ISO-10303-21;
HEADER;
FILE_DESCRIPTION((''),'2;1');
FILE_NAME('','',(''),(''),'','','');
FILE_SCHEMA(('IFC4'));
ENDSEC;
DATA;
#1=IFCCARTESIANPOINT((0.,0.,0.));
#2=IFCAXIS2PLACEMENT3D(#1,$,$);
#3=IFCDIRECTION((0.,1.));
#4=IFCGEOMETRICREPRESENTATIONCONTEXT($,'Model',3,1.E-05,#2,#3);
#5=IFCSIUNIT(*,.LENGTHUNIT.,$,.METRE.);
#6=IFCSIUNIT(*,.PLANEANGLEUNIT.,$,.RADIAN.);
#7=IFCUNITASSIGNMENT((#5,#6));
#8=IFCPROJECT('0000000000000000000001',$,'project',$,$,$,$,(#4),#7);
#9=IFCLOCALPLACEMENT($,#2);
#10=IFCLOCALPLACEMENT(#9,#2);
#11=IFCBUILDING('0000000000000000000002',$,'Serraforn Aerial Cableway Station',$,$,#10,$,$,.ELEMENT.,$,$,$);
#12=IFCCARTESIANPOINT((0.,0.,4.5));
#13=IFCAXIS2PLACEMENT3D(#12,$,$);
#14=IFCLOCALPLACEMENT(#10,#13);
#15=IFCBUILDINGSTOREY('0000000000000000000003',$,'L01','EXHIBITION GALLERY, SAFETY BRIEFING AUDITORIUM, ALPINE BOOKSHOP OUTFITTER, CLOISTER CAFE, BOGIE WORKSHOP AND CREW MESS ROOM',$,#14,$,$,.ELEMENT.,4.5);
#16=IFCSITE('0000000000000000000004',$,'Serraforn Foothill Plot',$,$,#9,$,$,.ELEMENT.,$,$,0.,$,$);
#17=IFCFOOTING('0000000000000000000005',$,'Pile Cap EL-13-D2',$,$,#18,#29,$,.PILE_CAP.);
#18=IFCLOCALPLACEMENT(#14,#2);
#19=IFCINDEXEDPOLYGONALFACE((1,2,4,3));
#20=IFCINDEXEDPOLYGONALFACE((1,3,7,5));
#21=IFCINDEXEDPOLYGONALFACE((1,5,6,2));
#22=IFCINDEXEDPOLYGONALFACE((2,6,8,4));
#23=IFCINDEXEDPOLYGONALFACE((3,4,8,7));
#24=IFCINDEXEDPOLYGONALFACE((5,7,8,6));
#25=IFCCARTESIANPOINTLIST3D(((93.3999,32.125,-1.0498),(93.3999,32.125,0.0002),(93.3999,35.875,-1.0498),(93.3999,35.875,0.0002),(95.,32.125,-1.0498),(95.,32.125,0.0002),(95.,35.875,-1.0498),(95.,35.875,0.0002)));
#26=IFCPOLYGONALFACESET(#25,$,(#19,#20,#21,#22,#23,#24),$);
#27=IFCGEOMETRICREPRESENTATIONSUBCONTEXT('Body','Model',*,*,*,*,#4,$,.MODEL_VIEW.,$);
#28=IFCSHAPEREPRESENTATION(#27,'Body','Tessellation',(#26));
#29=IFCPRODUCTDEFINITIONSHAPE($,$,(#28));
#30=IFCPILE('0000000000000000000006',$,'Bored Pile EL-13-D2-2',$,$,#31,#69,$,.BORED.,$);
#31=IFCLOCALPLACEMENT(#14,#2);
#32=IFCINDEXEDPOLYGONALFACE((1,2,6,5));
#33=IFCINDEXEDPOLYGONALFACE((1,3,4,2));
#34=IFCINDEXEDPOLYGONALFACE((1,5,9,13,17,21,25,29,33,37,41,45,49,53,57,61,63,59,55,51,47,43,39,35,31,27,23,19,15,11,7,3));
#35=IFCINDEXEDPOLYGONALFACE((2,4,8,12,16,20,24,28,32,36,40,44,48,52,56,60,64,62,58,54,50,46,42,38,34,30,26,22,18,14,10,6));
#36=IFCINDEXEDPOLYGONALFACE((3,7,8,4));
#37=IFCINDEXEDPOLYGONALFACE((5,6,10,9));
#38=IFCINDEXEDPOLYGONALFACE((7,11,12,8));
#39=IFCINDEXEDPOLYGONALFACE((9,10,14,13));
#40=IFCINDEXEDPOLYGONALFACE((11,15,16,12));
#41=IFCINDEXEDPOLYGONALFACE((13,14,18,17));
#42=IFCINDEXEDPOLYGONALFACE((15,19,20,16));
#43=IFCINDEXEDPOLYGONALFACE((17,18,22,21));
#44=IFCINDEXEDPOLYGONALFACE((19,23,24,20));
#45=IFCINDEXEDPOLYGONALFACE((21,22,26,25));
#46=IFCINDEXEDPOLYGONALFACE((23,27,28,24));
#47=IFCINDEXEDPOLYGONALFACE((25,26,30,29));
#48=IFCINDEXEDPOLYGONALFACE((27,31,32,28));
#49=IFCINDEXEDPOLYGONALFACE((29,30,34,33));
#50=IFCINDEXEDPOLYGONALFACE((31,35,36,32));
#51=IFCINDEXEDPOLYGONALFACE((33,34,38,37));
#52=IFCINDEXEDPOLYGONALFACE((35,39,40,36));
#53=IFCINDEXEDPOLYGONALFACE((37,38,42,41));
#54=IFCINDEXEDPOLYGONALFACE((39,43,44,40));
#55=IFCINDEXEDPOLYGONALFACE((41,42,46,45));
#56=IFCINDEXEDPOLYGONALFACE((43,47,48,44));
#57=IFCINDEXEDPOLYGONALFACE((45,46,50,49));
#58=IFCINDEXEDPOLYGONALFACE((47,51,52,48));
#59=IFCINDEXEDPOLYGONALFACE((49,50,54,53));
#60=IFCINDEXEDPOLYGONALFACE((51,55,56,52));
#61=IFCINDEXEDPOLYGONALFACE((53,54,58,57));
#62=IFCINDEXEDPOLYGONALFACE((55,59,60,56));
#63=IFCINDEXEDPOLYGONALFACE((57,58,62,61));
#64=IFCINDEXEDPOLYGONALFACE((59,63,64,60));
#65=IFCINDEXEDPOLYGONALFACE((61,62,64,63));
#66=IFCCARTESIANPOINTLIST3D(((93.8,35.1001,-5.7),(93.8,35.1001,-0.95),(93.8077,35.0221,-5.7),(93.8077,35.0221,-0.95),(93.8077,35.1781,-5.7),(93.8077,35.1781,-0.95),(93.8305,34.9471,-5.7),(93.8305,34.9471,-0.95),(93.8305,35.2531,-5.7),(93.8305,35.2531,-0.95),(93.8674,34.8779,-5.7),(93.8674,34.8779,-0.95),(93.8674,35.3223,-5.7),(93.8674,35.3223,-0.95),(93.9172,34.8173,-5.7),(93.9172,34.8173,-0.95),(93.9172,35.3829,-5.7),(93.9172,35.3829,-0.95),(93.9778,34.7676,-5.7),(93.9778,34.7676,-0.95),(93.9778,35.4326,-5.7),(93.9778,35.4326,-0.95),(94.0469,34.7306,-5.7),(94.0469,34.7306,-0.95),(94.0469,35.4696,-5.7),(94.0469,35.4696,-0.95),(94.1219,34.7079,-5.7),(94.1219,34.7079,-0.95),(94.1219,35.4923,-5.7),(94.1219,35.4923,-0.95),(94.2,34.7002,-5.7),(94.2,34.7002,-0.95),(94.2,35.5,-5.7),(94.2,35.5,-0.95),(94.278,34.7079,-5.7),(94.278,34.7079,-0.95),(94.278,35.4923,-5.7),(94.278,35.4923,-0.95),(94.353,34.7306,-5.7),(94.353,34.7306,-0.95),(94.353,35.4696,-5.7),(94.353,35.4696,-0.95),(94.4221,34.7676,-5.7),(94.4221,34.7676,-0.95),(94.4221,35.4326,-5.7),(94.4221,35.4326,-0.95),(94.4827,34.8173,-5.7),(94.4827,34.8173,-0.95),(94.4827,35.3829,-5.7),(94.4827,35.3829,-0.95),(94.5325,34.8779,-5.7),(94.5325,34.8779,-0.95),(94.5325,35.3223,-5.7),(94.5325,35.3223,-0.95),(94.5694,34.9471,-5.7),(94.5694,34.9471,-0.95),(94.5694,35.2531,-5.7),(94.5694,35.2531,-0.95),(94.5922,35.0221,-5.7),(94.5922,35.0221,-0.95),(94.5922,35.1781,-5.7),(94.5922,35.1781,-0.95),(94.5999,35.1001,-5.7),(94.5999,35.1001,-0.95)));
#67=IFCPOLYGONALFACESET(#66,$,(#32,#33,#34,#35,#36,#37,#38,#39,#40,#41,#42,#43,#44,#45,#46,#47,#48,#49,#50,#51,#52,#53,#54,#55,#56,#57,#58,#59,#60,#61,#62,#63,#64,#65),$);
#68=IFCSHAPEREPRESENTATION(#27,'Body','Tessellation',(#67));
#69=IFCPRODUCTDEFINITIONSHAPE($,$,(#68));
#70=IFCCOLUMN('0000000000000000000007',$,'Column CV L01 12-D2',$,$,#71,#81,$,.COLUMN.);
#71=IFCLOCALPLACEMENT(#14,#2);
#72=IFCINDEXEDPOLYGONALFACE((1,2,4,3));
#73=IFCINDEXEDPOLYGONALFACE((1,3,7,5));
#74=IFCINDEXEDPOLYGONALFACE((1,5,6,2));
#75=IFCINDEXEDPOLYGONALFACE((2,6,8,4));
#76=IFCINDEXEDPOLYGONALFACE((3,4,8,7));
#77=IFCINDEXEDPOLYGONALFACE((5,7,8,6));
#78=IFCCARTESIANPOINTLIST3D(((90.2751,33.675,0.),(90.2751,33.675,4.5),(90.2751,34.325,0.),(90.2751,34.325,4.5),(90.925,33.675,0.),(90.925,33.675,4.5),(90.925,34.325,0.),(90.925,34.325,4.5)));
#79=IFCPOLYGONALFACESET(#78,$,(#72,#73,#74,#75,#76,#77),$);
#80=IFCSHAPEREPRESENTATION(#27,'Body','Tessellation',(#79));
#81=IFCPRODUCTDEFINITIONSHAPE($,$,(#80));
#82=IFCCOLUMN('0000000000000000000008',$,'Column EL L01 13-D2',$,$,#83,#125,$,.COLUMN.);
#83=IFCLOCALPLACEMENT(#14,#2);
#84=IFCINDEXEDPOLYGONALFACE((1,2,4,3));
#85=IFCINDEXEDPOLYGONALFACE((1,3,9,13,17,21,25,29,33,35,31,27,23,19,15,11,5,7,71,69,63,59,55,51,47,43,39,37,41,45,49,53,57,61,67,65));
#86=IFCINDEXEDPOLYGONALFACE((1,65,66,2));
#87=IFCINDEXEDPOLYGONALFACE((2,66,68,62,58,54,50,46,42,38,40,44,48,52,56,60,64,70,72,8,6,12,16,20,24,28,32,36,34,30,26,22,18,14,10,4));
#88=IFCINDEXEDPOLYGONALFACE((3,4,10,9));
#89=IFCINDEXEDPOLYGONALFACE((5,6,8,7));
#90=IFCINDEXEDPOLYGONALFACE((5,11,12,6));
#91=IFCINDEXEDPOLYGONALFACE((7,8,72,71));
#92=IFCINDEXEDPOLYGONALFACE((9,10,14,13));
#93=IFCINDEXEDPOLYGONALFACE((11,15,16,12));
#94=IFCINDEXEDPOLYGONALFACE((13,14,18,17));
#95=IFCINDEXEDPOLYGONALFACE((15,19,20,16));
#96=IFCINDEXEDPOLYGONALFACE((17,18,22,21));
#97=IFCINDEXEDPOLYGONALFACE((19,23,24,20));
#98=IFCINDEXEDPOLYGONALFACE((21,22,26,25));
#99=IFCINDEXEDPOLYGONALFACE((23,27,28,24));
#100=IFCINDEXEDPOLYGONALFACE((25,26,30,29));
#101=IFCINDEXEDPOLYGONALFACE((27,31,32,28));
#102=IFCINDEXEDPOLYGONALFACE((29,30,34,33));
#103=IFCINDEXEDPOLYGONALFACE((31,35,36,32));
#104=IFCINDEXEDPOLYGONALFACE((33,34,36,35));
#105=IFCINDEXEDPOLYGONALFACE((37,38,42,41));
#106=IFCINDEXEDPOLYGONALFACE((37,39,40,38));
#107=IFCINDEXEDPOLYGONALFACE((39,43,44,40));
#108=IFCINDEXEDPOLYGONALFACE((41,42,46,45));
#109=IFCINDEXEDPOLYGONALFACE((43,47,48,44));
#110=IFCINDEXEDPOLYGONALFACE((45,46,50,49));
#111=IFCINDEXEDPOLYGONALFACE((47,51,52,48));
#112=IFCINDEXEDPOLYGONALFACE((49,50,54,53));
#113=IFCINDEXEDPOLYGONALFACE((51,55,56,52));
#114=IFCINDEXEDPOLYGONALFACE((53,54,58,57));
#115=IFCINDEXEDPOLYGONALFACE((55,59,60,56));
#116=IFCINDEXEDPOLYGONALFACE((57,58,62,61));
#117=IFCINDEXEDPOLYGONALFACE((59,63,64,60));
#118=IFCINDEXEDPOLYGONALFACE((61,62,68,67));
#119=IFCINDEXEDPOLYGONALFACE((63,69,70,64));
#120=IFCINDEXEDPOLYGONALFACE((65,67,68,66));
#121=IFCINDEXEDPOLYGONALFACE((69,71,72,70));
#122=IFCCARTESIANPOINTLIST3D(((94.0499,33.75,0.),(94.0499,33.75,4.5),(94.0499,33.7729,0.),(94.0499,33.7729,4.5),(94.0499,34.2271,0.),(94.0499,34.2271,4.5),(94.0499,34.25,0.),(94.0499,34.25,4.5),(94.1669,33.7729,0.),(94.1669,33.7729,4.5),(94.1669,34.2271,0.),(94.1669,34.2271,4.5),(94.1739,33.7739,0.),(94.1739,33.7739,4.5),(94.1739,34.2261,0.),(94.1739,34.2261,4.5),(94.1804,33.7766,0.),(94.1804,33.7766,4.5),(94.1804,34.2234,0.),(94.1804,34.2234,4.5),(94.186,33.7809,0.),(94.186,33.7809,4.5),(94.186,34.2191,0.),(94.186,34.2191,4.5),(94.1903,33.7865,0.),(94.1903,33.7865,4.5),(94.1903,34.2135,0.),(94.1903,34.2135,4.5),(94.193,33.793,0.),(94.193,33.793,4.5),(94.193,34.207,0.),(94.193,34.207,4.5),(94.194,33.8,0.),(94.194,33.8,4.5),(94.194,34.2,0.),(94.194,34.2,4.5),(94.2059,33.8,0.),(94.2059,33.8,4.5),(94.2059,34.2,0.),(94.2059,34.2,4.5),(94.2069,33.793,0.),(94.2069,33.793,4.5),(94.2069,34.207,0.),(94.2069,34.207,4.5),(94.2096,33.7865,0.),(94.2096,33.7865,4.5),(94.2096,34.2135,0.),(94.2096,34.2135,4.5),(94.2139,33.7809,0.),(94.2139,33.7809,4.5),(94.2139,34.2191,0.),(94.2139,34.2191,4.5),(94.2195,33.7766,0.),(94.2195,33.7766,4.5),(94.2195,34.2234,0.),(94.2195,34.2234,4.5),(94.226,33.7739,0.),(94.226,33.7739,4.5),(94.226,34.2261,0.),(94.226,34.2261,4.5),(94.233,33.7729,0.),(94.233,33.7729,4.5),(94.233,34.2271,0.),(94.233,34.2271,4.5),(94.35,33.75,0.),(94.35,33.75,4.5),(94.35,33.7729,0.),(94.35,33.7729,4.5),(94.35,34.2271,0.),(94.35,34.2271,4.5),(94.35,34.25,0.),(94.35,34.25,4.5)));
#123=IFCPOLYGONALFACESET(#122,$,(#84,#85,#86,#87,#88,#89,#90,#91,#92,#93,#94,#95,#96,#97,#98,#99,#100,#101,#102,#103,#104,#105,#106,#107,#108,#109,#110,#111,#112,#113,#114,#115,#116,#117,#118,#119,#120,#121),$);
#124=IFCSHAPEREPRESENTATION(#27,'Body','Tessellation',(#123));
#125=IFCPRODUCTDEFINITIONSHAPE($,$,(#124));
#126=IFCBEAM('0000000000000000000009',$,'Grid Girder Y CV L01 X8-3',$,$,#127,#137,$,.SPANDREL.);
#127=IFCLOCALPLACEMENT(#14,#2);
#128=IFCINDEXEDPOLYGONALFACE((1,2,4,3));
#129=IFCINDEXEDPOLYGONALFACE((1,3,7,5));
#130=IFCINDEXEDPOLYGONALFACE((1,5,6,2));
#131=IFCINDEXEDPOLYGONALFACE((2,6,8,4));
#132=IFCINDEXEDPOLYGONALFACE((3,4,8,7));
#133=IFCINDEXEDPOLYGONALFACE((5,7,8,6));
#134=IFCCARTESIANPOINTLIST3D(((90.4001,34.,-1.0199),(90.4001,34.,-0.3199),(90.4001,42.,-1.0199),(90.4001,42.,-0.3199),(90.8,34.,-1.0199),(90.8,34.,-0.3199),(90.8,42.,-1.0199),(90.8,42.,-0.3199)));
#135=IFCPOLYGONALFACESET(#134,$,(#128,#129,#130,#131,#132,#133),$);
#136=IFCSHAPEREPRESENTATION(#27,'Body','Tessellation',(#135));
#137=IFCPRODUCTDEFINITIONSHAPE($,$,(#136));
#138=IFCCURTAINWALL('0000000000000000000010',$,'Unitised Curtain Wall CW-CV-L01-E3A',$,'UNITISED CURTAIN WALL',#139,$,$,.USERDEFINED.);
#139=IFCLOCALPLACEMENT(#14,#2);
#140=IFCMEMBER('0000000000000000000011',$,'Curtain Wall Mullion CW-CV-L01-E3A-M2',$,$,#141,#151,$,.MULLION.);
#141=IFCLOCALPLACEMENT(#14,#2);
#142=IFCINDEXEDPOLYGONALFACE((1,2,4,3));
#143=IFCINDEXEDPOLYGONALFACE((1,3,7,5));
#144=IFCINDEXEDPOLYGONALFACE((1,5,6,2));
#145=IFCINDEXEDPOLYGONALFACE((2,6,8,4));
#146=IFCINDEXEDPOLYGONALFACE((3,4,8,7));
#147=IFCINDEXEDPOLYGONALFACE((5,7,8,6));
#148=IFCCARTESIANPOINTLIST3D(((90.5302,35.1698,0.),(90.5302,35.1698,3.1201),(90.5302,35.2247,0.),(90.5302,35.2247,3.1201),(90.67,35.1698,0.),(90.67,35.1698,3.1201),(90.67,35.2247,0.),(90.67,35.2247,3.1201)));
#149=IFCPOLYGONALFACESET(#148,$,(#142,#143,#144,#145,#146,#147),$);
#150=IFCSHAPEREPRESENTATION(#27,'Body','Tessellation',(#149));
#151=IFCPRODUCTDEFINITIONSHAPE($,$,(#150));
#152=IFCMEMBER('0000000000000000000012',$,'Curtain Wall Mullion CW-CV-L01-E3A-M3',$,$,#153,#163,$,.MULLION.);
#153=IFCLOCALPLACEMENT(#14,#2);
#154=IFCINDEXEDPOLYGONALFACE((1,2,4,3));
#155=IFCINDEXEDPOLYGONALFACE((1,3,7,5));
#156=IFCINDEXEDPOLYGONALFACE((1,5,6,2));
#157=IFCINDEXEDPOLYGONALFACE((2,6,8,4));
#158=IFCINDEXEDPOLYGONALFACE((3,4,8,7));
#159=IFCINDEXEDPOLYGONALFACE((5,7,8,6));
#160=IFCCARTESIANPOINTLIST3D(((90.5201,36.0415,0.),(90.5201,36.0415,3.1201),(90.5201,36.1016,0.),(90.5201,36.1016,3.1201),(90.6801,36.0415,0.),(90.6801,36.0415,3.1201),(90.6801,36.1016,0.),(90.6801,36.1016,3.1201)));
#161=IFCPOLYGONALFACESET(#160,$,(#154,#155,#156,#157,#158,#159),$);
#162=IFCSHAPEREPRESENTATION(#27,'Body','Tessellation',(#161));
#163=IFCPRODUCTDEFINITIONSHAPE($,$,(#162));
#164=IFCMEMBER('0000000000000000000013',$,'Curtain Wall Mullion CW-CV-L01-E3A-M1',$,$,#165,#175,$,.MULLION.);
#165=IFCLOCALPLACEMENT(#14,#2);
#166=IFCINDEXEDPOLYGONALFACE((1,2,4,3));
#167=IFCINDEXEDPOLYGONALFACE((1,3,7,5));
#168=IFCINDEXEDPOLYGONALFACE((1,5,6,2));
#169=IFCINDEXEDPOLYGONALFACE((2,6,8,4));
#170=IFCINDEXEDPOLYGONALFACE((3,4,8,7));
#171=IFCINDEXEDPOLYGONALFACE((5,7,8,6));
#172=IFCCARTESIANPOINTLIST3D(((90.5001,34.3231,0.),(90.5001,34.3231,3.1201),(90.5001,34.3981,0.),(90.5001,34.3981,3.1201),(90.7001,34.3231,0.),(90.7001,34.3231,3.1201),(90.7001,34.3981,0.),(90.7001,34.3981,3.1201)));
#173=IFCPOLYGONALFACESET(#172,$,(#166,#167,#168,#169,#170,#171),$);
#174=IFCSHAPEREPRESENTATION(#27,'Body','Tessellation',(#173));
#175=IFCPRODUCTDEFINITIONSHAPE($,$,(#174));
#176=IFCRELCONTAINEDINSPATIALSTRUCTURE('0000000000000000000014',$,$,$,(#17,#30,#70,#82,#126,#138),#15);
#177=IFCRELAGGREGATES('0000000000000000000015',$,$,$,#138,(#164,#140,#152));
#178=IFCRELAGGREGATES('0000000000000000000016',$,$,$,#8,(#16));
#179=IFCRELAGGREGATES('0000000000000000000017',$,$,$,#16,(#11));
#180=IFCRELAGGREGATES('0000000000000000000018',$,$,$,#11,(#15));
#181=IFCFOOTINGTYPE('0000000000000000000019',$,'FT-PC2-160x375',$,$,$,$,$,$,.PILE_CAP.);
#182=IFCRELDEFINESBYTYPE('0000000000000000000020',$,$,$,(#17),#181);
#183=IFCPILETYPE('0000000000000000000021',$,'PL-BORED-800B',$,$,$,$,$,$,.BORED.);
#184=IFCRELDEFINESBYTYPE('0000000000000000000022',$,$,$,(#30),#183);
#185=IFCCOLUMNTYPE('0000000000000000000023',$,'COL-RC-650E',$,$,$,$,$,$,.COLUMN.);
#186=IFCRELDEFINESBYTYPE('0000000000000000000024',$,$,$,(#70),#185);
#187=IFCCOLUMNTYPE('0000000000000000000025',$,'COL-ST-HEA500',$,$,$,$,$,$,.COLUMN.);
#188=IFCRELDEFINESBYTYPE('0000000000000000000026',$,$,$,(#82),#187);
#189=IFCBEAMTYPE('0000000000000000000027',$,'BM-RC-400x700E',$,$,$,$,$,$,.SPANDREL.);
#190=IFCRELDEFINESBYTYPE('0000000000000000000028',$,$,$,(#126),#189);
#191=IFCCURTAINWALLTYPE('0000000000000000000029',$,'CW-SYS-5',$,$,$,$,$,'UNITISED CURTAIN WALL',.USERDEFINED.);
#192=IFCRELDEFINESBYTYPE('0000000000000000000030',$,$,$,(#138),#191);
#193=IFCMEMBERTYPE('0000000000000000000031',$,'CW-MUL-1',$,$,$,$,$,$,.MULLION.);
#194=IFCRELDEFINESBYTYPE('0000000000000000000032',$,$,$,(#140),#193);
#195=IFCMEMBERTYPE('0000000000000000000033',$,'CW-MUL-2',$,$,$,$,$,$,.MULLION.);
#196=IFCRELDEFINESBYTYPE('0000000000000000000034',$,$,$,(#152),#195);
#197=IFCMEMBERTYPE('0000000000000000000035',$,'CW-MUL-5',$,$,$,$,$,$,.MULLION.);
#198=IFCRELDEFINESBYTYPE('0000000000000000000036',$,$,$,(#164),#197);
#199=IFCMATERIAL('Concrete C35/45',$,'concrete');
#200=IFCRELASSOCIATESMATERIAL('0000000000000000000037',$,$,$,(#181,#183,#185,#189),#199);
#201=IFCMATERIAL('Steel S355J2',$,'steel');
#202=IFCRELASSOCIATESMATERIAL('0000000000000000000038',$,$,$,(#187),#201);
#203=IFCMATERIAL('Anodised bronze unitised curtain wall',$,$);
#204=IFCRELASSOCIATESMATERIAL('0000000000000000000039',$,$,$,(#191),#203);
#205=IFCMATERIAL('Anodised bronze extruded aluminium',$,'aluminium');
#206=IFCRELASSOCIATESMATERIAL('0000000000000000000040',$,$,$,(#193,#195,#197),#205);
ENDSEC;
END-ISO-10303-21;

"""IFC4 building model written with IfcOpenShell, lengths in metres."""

from ifc_helpers import new_model, si_unit, direction, frame, origin, origin_2d, place, context, subcontext, project, spatial, rectangle, circle, i_section, extrude, material, material_profile, profile_set, type_object, element, aggregate, save


model = new_model("IFC4")

# Units and contexts
model_context = context("Model", 3, precision=1e-05, world=origin(), true_north=direction((0.0, 1.0)))
body_context = subcontext(model_context, "Body", "Model", "MODEL_VIEW")
ifc_project = project(units=[si_unit("LENGTHUNIT", "METRE"), si_unit("PLANEANGLEUNIT", "RADIAN")], contexts=[model_context])

# Site, building, storey
site_placement = place(None, origin())
site = spatial("IfcSite", under=ifc_project, at=site_placement, Name="Serraforn Foothill Plot", CompositionType="ELEMENT", RefElevation=0.0)
building_placement = place(site_placement, origin())
building = spatial("IfcBuilding", under=site, at=building_placement, Name="Serraforn Aerial Cableway Station", CompositionType="ELEMENT")
storey_placement = place(building_placement, frame((0.0, 0.0, 4.5)))
storey = spatial("IfcBuildingStorey", under=building, at=storey_placement, Name="L01", Description="EXHIBITION GALLERY, SAFETY BRIEFING AUDITORIUM, ALPINE BOOKSHOP OUTFITTER, CLOISTER CAFE, BOGIE WORKSHOP AND CREW MESS ROOM", CompositionType="ELEMENT", Elevation=4.5)

# Footing
ifc_material_1 = material(Name="Concrete C35/45", Category="concrete")
footing_type = type_object("IfcFootingType", Name="FT-PC2-160x375", PredefinedType="PILE_CAP", material=ifc_material_1)
footing_placement = place(storey_placement, frame((94.2, 34.0, -1.0498), z_axis=(0.0, 0.0, 1.0), x_axis=(1.0, 0.0, 0.0)))
element("IfcFooting", 1, at=footing_placement, inside=storey, type_object=footing_type, Name="Pile Cap EL-13-D2", PredefinedType="PILE_CAP", context=body_context, shape_type="SweptSolid", body=[
    extrude(rectangle(XDim=1.6001, YDim=3.75, at=origin_2d()), origin(), (0.0, 0.0, 1.0), 1.05),
])

# Pile
ifc_material_profile_1 = material_profile(ifc_material_1, circle(Radius=0.3999, at=origin_2d()), Name="BORED PILE D800")
ifc_profile_set_1 = profile_set([ifc_material_profile_1], Name="Concrete C35/45")
pile_type = type_object("IfcPileType", Name="PL-BORED-800B", PredefinedType="BORED", material=ifc_profile_set_1)
pile_placement = place(storey_placement, frame((94.2, 35.1001, -0.95), z_axis=(0.0, 0.0, -1.0), x_axis=(1.0, 0.0, 0.0)))
element("IfcPile", 2, at=pile_placement, inside=storey, type_object=pile_type, Name="Bored Pile EL-13-D2-2", PredefinedType="BORED", context=body_context, shape_type="SweptSolid", body=[
    extrude(circle(Radius=0.3999, at=origin_2d()), origin(), (0.0, 0.0, 1.0), 4.75),
])

# Columns
ifc_material_profile_2 = material_profile(ifc_material_1, rectangle(XDim=0.6499, YDim=0.6499, at=origin_2d()), Name="RC 650x650")
ifc_profile_set_2 = profile_set([ifc_material_profile_2], Name="Concrete C35/45")
column_type_1 = type_object("IfcColumnType", Name="COL-RC-650E", PredefinedType="COLUMN", material=ifc_profile_set_2)
column_1_placement = place(storey_placement, frame((90.6001, 34.0, 0.0), z_axis=(0.0, 0.0, 1.0), x_axis=(1.0, 0.0, 0.0)))
element("IfcColumn", 3, at=column_1_placement, inside=storey, type_object=column_type_1, Name="Column CV L01 12-D2", PredefinedType="COLUMN", context=body_context, shape_type="SweptSolid", body=[
    extrude(rectangle(XDim=0.6499, YDim=0.6499, at=origin_2d()), origin(), (0.0, 0.0, 1.0), 4.5),
])
ifc_material_2 = material(Name="Steel S355J2", Category="steel")
ifc_material_profile_3 = material_profile(ifc_material_2, i_section(OverallWidth=0.3, OverallDepth=0.5, WebThickness=0.012, FlangeThickness=0.0229, FilletRadius=0.0271, at=origin_2d()), Name="HEA 500")
ifc_profile_set_3 = profile_set([ifc_material_profile_3], Name="Steel S355J2")
column_type_2 = type_object("IfcColumnType", Name="COL-ST-HEA500", PredefinedType="COLUMN", material=ifc_profile_set_3)
column_2_placement = place(storey_placement, frame((94.2, 34.0, 0.0), z_axis=(0.0, 0.0, 1.0), x_axis=(1.0, 0.0, 0.0)))
element("IfcColumn", 4, at=column_2_placement, inside=storey, type_object=column_type_2, Name="Column EL L01 13-D2", PredefinedType="COLUMN", context=body_context, shape_type="SweptSolid", body=[
    extrude(i_section(OverallWidth=0.3, OverallDepth=0.5, WebThickness=0.012, FlangeThickness=0.0229, FilletRadius=0.0271, at=origin_2d()), origin(), (0.0, 0.0, 1.0), 4.5),
])

# Beam
ifc_material_profile_4 = material_profile(ifc_material_1, rectangle(XDim=0.3999, YDim=0.7, at=origin_2d()), Name="RC 400x700")
ifc_profile_set_4 = profile_set([ifc_material_profile_4], Name="Concrete C35/45")
beam_type = type_object("IfcBeamType", Name="BM-RC-400x700E", PredefinedType="SPANDREL", material=ifc_profile_set_4)
beam_placement = place(storey_placement, frame((90.6001, 34.0, -0.6699), z_axis=(0.0, 1.0, 0.0), x_axis=(-1.0, 0.0, 0.0)))
element("IfcBeam", 5, at=beam_placement, inside=storey, type_object=beam_type, Name="Grid Girder Y CV L01 X8-3", PredefinedType="SPANDREL", context=body_context, shape_type="SweptSolid", body=[
    extrude(rectangle(XDim=0.3999, YDim=0.7, at=origin_2d()), origin(), (0.0, 0.0, 1.0), 8.0),
])

# Curtain wall, members
ifc_material_3 = material(Name="Anodised bronze unitised curtain wall")
curtain_wall_type = type_object("IfcCurtainWallType", Name="CW-SYS-5", ElementType="UNITISED CURTAIN WALL", PredefinedType="USERDEFINED", material=ifc_material_3)
curtain_wall_placement = place(storey_placement, origin())
curtain_wall = element("IfcCurtainWall", 6, at=curtain_wall_placement, inside=storey, type_object=curtain_wall_type, Name="Unitised Curtain Wall CW-CV-L01-E3A", ObjectType="UNITISED CURTAIN WALL", PredefinedType="USERDEFINED")
ifc_material_4 = material(Name="Anodised bronze extruded aluminium", Category="aluminium")
ifc_material_profile_5 = material_profile(ifc_material_4, rectangle(XDim=0.0549, YDim=0.1399, at=origin_2d()), Name="CW MULLION 55x140")
ifc_profile_set_5 = profile_set([ifc_material_profile_5], Name="Anodised bronze extruded aluminium")
member_type_1 = type_object("IfcMemberType", Name="CW-MUL-1", PredefinedType="MULLION", material=ifc_profile_set_5)
member_1_placement = place(storey_placement, frame((90.6001, 35.1973, 0.0), z_axis=(0.0, 0.0, 1.0), x_axis=(0.0, 1.0, 0.0)))
member_1 = element("IfcMember", 7, at=member_1_placement, type_object=member_type_1, Name="Curtain Wall Mullion CW-CV-L01-E3A-M2", PredefinedType="MULLION", context=body_context, shape_type="SweptSolid", body=[
    extrude(rectangle(XDim=0.0549, YDim=0.1399, at=origin_2d()), origin(), (0.0, 0.0, 1.0), 3.1201),
])
ifc_material_profile_6 = material_profile(ifc_material_4, rectangle(XDim=0.0601, YDim=0.1599, at=origin_2d()), Name="CW MULLION 60x160")
ifc_profile_set_6 = profile_set([ifc_material_profile_6], Name="Anodised bronze extruded aluminium")
member_type_2 = type_object("IfcMemberType", Name="CW-MUL-2", PredefinedType="MULLION", material=ifc_profile_set_6)
member_2_placement = place(storey_placement, frame((90.6001, 36.0715, 0.0), z_axis=(0.0, 0.0, 1.0), x_axis=(0.0, 1.0, 0.0)))
member_2 = element("IfcMember", 8, at=member_2_placement, type_object=member_type_2, Name="Curtain Wall Mullion CW-CV-L01-E3A-M3", PredefinedType="MULLION", context=body_context, shape_type="SweptSolid", body=[
    extrude(rectangle(XDim=0.0601, YDim=0.1599, at=origin_2d()), origin(), (0.0, 0.0, 1.0), 3.1201),
])
ifc_material_profile_7 = material_profile(ifc_material_4, rectangle(XDim=0.075, YDim=0.2, at=origin_2d()), Name="CW MULLION 75x200")
ifc_profile_set_7 = profile_set([ifc_material_profile_7], Name="Anodised bronze extruded aluminium")
member_type_3 = type_object("IfcMemberType", Name="CW-MUL-5", PredefinedType="MULLION", material=ifc_profile_set_7)
member_3_placement = place(storey_placement, frame((90.6001, 34.3606, 0.0), z_axis=(0.0, 0.0, 1.0), x_axis=(0.0, 1.0, 0.0)))
member_3 = element("IfcMember", 9, at=member_3_placement, type_object=member_type_3, Name="Curtain Wall Mullion CW-CV-L01-E3A-M1", PredefinedType="MULLION", context=body_context, shape_type="SweptSolid", body=[
    extrude(rectangle(XDim=0.075, YDim=0.2, at=origin_2d()), origin(), (0.0, 0.0, 1.0), 3.1201),
])
aggregate(curtain_wall, [member_3, member_1, member_2])

save(model, "model.ifc")
